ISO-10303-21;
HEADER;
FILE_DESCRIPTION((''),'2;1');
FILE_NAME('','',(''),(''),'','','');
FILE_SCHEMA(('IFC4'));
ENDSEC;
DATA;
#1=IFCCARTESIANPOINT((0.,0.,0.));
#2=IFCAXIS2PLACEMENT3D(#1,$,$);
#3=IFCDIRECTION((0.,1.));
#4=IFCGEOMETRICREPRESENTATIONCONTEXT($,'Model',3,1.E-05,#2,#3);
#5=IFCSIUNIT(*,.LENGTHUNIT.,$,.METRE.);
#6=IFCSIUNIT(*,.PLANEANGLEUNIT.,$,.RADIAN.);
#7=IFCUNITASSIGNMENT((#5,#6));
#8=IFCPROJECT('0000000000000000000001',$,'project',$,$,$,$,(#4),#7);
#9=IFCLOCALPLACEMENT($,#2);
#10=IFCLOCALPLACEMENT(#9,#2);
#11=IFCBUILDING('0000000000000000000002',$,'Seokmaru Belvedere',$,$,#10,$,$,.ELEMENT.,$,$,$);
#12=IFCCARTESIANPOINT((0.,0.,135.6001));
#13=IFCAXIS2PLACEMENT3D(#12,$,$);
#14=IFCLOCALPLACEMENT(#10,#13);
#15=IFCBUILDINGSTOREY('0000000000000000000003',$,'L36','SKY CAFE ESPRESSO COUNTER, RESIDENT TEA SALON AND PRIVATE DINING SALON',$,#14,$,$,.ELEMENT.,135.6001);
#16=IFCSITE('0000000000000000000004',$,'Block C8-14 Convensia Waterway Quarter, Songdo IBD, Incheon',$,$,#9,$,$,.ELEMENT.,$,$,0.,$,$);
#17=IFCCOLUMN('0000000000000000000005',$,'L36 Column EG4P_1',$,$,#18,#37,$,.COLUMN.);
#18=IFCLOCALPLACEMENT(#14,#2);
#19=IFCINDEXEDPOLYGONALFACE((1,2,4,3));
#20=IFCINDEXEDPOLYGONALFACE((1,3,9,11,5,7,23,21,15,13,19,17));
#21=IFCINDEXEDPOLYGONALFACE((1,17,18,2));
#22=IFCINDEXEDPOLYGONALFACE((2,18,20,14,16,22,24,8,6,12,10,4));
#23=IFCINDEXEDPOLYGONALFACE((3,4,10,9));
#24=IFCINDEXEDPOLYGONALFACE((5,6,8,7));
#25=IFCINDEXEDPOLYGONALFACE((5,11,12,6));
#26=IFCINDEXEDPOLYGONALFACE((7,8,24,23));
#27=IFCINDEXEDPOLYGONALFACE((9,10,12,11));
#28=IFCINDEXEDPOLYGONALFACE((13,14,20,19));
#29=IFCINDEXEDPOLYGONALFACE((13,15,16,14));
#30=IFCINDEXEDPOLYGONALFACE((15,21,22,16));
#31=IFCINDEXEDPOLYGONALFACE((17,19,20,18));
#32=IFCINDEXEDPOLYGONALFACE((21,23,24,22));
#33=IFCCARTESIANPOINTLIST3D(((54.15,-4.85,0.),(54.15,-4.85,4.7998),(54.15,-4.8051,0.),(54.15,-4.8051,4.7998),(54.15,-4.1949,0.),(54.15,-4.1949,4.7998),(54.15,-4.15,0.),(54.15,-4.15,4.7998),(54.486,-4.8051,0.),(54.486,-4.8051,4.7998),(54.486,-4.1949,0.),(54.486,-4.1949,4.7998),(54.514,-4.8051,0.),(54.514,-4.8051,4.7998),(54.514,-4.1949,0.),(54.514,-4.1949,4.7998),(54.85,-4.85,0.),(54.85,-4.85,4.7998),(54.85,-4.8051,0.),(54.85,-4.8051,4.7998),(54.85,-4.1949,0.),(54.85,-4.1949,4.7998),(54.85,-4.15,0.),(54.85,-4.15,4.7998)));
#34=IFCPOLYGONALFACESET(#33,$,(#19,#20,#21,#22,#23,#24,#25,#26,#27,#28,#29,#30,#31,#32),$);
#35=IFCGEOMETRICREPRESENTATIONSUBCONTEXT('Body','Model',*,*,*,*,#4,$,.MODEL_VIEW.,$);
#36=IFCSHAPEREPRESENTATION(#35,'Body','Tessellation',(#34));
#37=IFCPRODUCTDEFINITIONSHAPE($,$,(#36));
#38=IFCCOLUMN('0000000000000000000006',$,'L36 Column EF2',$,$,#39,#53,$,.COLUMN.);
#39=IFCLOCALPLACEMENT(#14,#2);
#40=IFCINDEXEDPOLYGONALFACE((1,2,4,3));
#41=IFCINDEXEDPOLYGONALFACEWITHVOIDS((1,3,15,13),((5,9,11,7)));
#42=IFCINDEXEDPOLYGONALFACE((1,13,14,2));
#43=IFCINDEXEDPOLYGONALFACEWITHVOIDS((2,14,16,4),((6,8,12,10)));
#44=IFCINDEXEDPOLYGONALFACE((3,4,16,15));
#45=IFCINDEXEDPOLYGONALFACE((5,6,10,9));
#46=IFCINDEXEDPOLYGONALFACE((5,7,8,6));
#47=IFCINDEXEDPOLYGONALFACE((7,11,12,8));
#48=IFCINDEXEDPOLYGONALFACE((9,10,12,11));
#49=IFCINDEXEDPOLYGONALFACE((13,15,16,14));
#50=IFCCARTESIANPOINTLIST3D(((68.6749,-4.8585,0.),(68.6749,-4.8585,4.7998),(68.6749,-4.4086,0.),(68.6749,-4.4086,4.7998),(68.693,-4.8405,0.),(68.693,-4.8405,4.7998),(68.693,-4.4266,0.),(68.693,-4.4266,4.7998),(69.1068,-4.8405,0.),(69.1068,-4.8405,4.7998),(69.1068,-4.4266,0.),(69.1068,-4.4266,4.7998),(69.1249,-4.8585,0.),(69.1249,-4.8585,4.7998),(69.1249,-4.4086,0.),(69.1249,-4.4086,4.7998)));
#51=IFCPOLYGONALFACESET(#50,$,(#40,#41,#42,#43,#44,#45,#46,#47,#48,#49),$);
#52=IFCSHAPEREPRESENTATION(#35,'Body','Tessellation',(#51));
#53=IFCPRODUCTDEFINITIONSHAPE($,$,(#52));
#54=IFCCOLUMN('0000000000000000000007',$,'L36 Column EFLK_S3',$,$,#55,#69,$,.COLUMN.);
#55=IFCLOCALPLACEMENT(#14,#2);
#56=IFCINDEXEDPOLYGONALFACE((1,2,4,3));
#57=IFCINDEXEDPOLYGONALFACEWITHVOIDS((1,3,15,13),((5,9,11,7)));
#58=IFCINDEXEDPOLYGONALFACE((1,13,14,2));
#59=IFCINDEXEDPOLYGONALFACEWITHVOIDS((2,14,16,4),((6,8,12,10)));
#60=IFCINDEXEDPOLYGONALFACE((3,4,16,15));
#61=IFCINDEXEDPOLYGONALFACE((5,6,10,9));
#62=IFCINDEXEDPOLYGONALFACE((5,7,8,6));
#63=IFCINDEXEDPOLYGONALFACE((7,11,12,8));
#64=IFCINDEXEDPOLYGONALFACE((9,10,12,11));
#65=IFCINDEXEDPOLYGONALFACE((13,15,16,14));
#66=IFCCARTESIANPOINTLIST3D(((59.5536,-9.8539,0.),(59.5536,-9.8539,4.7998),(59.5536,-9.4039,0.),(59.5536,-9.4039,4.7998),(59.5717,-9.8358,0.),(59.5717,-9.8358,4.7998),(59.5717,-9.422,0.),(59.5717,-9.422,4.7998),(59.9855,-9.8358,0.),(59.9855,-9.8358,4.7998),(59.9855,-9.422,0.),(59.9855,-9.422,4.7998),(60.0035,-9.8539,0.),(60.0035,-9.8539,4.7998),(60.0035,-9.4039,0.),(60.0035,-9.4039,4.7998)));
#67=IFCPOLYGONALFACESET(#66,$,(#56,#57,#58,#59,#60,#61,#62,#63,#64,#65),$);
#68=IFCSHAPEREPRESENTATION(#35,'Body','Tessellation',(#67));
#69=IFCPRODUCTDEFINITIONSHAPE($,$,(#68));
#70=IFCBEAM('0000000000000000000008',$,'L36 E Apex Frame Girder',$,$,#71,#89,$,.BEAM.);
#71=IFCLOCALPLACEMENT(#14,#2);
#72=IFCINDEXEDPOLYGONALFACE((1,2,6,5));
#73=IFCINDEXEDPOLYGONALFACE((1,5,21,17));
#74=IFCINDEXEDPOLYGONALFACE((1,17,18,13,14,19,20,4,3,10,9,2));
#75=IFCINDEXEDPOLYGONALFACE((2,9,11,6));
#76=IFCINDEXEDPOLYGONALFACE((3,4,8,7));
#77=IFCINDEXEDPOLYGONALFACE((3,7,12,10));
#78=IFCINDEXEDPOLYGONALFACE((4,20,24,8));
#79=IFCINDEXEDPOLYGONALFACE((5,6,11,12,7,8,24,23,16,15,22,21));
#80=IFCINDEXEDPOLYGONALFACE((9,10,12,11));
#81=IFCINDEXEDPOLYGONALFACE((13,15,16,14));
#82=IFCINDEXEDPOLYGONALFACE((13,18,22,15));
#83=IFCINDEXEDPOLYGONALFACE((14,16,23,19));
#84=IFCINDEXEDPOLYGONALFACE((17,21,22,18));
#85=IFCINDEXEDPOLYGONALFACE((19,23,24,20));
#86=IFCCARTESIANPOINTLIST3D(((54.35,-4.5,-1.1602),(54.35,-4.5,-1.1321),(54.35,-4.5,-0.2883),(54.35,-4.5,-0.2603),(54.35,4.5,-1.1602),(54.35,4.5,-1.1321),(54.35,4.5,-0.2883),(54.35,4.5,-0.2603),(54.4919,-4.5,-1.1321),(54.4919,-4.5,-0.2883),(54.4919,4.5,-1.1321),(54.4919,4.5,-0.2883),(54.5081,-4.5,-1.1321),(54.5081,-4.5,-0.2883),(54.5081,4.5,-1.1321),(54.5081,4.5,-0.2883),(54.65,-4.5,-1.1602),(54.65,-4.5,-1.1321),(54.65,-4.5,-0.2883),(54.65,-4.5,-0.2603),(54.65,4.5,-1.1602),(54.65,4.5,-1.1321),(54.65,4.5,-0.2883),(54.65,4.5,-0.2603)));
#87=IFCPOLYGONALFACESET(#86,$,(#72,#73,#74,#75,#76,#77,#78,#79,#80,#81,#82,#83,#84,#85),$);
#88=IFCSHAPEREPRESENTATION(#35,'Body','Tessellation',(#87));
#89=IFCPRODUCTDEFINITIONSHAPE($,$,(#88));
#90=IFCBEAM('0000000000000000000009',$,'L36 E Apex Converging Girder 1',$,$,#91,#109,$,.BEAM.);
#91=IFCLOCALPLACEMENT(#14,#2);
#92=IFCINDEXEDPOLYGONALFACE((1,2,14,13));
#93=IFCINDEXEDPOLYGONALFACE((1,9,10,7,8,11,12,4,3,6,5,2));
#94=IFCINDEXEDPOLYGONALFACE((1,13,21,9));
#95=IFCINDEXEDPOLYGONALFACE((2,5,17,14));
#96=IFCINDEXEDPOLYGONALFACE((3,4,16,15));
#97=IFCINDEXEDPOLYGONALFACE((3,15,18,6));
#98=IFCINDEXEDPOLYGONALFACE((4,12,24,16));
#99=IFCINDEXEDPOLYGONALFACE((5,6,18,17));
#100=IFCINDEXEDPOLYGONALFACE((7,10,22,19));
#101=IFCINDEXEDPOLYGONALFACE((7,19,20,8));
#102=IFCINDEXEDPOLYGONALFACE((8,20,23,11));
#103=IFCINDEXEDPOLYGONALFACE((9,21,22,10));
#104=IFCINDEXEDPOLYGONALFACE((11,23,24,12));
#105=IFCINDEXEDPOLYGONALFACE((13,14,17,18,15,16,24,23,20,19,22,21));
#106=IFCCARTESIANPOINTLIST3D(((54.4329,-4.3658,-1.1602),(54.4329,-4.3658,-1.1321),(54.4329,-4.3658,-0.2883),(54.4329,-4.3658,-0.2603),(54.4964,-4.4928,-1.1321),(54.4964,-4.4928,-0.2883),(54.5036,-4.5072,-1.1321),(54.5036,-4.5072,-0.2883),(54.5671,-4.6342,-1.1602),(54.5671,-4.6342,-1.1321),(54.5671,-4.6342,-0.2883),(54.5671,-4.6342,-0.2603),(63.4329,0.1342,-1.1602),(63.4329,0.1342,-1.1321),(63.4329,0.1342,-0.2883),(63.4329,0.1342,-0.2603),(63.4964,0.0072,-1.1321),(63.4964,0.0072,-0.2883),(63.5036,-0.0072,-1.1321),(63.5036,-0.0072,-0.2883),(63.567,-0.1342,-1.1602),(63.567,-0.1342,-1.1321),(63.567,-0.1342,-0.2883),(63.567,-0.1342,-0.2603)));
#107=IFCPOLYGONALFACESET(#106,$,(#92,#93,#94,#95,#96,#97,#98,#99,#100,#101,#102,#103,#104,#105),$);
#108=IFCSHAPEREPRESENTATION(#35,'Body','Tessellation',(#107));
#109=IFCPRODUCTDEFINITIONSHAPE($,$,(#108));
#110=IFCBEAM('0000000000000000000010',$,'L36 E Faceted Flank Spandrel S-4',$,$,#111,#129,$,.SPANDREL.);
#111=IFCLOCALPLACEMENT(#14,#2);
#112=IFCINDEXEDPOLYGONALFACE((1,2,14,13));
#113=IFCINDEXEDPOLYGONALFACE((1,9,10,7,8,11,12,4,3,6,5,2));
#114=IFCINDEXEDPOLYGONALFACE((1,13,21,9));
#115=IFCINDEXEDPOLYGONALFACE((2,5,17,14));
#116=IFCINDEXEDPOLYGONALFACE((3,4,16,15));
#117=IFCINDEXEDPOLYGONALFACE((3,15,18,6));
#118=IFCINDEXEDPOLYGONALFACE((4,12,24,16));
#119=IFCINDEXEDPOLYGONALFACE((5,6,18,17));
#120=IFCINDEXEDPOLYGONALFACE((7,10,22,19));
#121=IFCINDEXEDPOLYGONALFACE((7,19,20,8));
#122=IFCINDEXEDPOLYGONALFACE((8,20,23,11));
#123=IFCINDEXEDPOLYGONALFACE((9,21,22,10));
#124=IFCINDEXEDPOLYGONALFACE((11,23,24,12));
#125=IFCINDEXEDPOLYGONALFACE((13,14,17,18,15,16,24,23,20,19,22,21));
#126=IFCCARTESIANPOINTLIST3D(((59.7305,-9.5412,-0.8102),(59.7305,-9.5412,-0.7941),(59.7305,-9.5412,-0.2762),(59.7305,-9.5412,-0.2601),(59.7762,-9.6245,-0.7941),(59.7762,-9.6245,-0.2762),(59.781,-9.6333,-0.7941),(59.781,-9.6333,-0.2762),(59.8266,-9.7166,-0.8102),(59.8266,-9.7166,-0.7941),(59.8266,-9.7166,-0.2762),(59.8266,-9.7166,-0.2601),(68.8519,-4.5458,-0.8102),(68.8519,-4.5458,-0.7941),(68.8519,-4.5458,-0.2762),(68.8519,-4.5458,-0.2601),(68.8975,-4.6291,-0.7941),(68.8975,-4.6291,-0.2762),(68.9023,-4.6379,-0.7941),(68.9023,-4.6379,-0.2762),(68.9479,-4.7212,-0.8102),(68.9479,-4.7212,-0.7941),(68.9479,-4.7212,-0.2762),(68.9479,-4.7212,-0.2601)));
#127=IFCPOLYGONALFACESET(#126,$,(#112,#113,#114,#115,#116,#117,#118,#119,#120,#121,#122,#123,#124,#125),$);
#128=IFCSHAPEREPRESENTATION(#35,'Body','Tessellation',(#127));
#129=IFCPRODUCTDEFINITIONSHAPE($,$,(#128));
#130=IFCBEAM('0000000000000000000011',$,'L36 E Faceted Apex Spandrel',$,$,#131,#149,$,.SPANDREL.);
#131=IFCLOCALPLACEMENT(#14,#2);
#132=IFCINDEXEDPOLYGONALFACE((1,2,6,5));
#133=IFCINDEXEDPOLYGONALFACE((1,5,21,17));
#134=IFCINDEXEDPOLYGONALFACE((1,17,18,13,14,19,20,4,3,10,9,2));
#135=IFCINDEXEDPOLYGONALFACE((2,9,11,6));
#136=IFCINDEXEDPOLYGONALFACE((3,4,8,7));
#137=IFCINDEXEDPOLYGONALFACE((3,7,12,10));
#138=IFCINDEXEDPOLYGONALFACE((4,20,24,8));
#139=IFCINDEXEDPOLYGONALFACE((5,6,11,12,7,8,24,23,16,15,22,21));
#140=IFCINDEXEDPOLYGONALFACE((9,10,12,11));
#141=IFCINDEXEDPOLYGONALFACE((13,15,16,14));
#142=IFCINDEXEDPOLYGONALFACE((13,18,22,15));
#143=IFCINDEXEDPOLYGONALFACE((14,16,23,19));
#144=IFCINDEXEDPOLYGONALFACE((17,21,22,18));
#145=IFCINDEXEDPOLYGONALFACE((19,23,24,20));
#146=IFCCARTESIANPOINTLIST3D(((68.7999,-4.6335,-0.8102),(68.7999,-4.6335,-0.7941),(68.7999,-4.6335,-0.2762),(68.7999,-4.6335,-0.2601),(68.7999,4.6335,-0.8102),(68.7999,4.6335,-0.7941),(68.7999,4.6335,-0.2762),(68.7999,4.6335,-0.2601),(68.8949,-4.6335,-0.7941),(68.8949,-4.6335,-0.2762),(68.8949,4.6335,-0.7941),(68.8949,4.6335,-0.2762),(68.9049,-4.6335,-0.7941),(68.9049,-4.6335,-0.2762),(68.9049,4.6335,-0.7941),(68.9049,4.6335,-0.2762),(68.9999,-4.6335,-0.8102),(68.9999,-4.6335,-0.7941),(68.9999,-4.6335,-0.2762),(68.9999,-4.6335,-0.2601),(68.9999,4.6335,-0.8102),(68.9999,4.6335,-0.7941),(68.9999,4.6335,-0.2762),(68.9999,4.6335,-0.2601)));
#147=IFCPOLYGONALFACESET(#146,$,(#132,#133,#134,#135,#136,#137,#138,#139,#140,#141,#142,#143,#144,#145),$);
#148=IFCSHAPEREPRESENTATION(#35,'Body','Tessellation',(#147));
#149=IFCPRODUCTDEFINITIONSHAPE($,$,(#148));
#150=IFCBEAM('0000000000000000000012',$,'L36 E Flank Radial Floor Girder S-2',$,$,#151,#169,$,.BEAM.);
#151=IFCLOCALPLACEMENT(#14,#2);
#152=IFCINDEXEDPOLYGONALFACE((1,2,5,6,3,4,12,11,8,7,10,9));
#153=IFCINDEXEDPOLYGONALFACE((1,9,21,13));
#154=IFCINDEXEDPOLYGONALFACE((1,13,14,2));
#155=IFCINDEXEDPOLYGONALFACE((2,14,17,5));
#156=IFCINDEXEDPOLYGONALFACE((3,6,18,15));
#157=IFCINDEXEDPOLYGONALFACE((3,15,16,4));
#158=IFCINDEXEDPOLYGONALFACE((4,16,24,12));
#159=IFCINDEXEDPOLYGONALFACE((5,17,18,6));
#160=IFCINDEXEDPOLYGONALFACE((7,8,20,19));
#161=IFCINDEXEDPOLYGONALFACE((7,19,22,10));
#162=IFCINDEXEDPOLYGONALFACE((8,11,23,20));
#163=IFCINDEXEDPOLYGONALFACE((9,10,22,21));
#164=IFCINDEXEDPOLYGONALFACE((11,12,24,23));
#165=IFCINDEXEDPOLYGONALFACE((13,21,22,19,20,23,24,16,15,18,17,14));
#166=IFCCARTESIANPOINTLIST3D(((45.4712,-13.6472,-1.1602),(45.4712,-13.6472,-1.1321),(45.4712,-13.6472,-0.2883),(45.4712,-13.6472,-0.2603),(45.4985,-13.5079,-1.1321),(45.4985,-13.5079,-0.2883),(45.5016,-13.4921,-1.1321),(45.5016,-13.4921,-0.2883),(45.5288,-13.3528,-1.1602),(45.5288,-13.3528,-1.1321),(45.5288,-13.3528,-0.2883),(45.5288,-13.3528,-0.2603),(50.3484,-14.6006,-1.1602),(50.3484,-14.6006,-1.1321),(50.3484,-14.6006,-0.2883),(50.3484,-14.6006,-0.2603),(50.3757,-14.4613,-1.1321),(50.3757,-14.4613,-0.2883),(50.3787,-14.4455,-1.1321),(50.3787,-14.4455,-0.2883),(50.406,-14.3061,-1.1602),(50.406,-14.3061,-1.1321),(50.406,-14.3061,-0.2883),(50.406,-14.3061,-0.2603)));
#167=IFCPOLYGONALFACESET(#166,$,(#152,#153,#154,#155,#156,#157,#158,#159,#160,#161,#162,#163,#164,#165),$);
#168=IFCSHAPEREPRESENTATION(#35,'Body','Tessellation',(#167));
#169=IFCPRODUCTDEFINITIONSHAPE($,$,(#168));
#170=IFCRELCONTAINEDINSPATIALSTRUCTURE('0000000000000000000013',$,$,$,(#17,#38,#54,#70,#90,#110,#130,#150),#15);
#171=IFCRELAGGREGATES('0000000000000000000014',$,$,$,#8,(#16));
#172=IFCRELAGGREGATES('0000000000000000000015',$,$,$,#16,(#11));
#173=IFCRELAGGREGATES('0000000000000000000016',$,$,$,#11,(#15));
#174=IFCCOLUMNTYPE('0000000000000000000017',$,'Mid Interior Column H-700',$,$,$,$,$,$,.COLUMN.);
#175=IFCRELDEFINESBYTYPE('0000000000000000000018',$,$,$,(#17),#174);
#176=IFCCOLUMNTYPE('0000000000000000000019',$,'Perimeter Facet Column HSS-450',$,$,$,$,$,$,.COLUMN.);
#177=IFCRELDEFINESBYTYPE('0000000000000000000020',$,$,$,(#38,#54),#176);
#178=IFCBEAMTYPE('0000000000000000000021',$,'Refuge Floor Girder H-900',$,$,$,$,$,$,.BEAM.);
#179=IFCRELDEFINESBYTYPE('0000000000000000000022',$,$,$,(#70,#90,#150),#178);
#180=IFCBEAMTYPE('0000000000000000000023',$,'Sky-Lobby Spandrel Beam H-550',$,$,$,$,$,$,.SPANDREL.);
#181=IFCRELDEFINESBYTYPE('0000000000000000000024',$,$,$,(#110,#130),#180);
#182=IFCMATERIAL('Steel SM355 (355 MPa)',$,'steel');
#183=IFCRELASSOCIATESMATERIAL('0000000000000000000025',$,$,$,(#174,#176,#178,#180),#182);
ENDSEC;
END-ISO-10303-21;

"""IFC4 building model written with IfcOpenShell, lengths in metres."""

from ifc_helpers import new_model, si_unit, direction, frame, origin, origin_2d, place, context, subcontext, project, spatial, hollow_rectangle, i_section, extrude, source, transform, mapped, material, material_profile, profile_set, type_object, type_shapes, element, save


model = new_model("IFC4")

# Units and contexts
model_context = context("Model", 3, precision=1e-05, world=origin(), true_north=direction((0.0, 1.0)))
body_context = subcontext(model_context, "Body", "Model", "MODEL_VIEW")
ifc_project = project(units=[si_unit("LENGTHUNIT", "METRE"), si_unit("PLANEANGLEUNIT", "RADIAN")], contexts=[model_context])

# Site, building, storey
site_placement = place(None, origin())
site = spatial("IfcSite", under=ifc_project, at=site_placement, Name="Block C8-14 Convensia Waterway Quarter, Songdo IBD, Incheon", CompositionType="ELEMENT", RefElevation=0.0)
building_placement = place(site_placement, origin())
building = spatial("IfcBuilding", under=site, at=building_placement, Name="Seokmaru Belvedere", CompositionType="ELEMENT")
storey_placement = place(building_placement, frame((0.0, 0.0, 135.6001)))
storey = spatial("IfcBuildingStorey", under=building, at=storey_placement, Name="L36", Description="SKY CAFE ESPRESSO COUNTER, RESIDENT TEA SALON AND PRIVATE DINING SALON", CompositionType="ELEMENT", Elevation=135.6001)

# Columns
ifc_material_1 = material(Name="Steel SM355 (355 MPa)", Category="steel")
ifc_material_profile_1 = material_profile(ifc_material_1, i_section(OverallWidth=0.7, OverallDepth=0.7, WebThickness=0.0281, FlangeThickness=0.0449, at=origin_2d()), Name="H-700x700x28x45")
ifc_profile_set_1 = profile_set([ifc_material_profile_1], Name="Steel SM355 (355 MPa)")
column_type_1 = type_object("IfcColumnType", Name="Mid Interior Column H-700", PredefinedType="COLUMN", material=ifc_profile_set_1)
shared_shape_1 = source(origin(), body_context, "Body", "SweptSolid", [
    extrude(i_section(OverallWidth=0.7, OverallDepth=0.7, WebThickness=0.0281, FlangeThickness=0.0449, at=origin_2d()), origin(), (0.0, 0.0, 1.0), 4.7998),
])
type_shapes(column_type_1, [shared_shape_1])
column_placement = place(storey_placement, frame((54.5, -4.5, 0.0), z_axis=(0.0, 0.0, 1.0), x_axis=(1.0, 0.0, 0.0)))
element("IfcColumn", 1, at=column_placement, inside=storey, type_object=column_type_1, Name="L36 Column EG4P_1", PredefinedType="COLUMN", context=body_context, shape_type="MappedRepresentation", body=[
    mapped(shared_shape_1, transform((0.0, 0.0, 0.0), scale=1.0)),
])
ifc_material_profile_2 = material_profile(ifc_material_1, hollow_rectangle(XDim=0.45, YDim=0.45, WallThickness=0.0181, at=origin_2d()), Name="HSS-450x450x18")
ifc_profile_set_2 = profile_set([ifc_material_profile_2], Name="Steel SM355 (355 MPa)")
column_type_2 = type_object("IfcColumnType", Name="Perimeter Facet Column HSS-450", PredefinedType="COLUMN", material=ifc_profile_set_2)
shared_shape_2 = source(origin(), body_context, "Body", "SweptSolid", [
    extrude(hollow_rectangle(XDim=0.45, YDim=0.45, WallThickness=0.0181, at=origin_2d()), origin(), (0.0, 0.0, 1.0), 4.7998),
])
type_shapes(column_type_2, [shared_shape_2])
for number, where, z_axis, x_axis, name in (
    (2, (68.8999, -4.6335, 0.0), (0.0, 0.0, 1.0), (1.0, 0.0, 0.0), "L36 Column EF2"),
    (3, (59.7786, -9.6289, 0.0), (0.0, 0.0, 1.0), (1.0, 0.0, 0.0), "L36 Column EFLK_S3"),
):
    element("IfcColumn", number, at=place(storey_placement, frame(where, z_axis=z_axis, x_axis=x_axis)), inside=storey, type_object=column_type_2, Name=name, PredefinedType="COLUMN", context=body_context, shape_type="MappedRepresentation", body=[
        mapped(shared_shape_2, transform((0.0, 0.0, 0.0), scale=1.0)),
    ])

# Beams
ifc_material_profile_3 = material_profile(ifc_material_1, i_section(OverallWidth=0.3, OverallDepth=0.8999, WebThickness=0.0161, FlangeThickness=0.0281, at=origin_2d()), Name="H-900x300x16x28")
ifc_profile_set_3 = profile_set([ifc_material_profile_3], Name="Steel SM355 (355 MPa)")
beam_type_1 = type_object("IfcBeamType", Name="Refuge Floor Girder H-900", PredefinedType="BEAM", material=ifc_profile_set_3)
shared_shape_3 = source(origin(), body_context, "Body", "SweptSolid", [
    extrude(i_section(OverallWidth=0.3, OverallDepth=0.8999, WebThickness=0.0161, FlangeThickness=0.0281, at=origin_2d()), origin(), (0.0, 0.0, 1.0), 9.0),
])
beam_1_placement = place(storey_placement, frame((54.5, -4.5, -0.7102), z_axis=(0.0, 1.0, 0.0), x_axis=(-1.0, 0.0, 0.0)))
element("IfcBeam", 4, at=beam_1_placement, inside=storey, type_object=beam_type_1, Name="L36 E Apex Frame Girder", PredefinedType="BEAM", context=body_context, shape_type="MappedRepresentation", body=[
    mapped(shared_shape_3, transform((0.0, 0.0, 0.0), scale=1.0)),
])
shared_shape_4 = source(origin(), body_context, "Body", "SweptSolid", [
    extrude(i_section(OverallWidth=0.3, OverallDepth=0.8999, WebThickness=0.0161, FlangeThickness=0.0281, at=origin_2d()), origin(), (0.0, 0.0, 1.0), 10.0623),
])
beam_2_placement = place(storey_placement, frame((54.5, -4.5, -0.7102), z_axis=(0.894427, 0.447214, 0.0), x_axis=(-0.447214, 0.894427, 0.0)))
element("IfcBeam", 5, at=beam_2_placement, inside=storey, type_object=beam_type_1, Name="L36 E Apex Converging Girder 1", PredefinedType="BEAM", context=body_context, shape_type="MappedRepresentation", body=[
    mapped(shared_shape_4, transform((0.0, 0.0, 0.0), scale=1.0)),
])
ifc_material_profile_4 = material_profile(ifc_material_1, i_section(OverallWidth=0.2, OverallDepth=0.55, WebThickness=0.01, FlangeThickness=0.0161, at=origin_2d()), Name="H-550x200x10x16")
ifc_profile_set_4 = profile_set([ifc_material_profile_4], Name="Steel SM355 (355 MPa)")
beam_type_2 = type_object("IfcBeamType", Name="Sky-Lobby Spandrel Beam H-550", PredefinedType="SPANDREL", material=ifc_profile_set_4)
shared_shape_5 = source(origin(), body_context, "Body", "SweptSolid", [
    extrude(i_section(OverallWidth=0.2, OverallDepth=0.55, WebThickness=0.01, FlangeThickness=0.0161, at=origin_2d()), origin(), (0.0, 0.0, 1.0), 10.3997),
])
beam_3_placement = place(storey_placement, frame((59.7786, -9.6289, -0.5352), z_axis=(0.877082, 0.48034, 0.0), x_axis=(-0.48034, 0.877082, 0.0)))
element("IfcBeam", 6, at=beam_3_placement, inside=storey, type_object=beam_type_2, Name="L36 E Faceted Flank Spandrel S-4", PredefinedType="SPANDREL", context=body_context, shape_type="MappedRepresentation", body=[
    mapped(shared_shape_5, transform((0.0, 0.0, 0.0), scale=1.0)),
])
shared_shape_6 = source(origin(), body_context, "Body", "SweptSolid", [
    extrude(i_section(OverallWidth=0.2, OverallDepth=0.55, WebThickness=0.01, FlangeThickness=0.0161, at=origin_2d()), origin(), (0.0, 0.0, 1.0), 9.2671),
])
type_shapes(beam_type_2, [shared_shape_5, shared_shape_6])
beam_4_placement = place(storey_placement, frame((68.8999, -4.6335, -0.5352), z_axis=(0.0, 1.0, 0.0), x_axis=(-1.0, 0.0, 0.0)))
element("IfcBeam", 7, at=beam_4_placement, inside=storey, type_object=beam_type_2, Name="L36 E Faceted Apex Spandrel", PredefinedType="SPANDREL", context=body_context, shape_type="MappedRepresentation", body=[
    mapped(shared_shape_6, transform((0.0, 0.0, 0.0), scale=1.0)),
])
shared_shape_7 = source(origin(), body_context, "Body", "SweptSolid", [
    extrude(i_section(OverallWidth=0.3, OverallDepth=0.8999, WebThickness=0.0161, FlangeThickness=0.0281, at=origin_2d()), origin(), (0.0, 0.0, 1.0), 4.9695),
])
beam_5_placement = place(storey_placement, frame((50.3772, -14.4534, -0.7102), z_axis=(-0.981425, 0.191844, 0.0), x_axis=(-0.191844, -0.981425, 0.0)))
element("IfcBeam", 8, at=beam_5_placement, inside=storey, type_object=beam_type_1, Name="L36 E Flank Radial Floor Girder S-2", PredefinedType="BEAM", context=body_context, shape_type="MappedRepresentation", body=[
    mapped(shared_shape_7, transform((0.0, 0.0, 0.0), scale=1.0)),
])

save(model, "model.ifc")
